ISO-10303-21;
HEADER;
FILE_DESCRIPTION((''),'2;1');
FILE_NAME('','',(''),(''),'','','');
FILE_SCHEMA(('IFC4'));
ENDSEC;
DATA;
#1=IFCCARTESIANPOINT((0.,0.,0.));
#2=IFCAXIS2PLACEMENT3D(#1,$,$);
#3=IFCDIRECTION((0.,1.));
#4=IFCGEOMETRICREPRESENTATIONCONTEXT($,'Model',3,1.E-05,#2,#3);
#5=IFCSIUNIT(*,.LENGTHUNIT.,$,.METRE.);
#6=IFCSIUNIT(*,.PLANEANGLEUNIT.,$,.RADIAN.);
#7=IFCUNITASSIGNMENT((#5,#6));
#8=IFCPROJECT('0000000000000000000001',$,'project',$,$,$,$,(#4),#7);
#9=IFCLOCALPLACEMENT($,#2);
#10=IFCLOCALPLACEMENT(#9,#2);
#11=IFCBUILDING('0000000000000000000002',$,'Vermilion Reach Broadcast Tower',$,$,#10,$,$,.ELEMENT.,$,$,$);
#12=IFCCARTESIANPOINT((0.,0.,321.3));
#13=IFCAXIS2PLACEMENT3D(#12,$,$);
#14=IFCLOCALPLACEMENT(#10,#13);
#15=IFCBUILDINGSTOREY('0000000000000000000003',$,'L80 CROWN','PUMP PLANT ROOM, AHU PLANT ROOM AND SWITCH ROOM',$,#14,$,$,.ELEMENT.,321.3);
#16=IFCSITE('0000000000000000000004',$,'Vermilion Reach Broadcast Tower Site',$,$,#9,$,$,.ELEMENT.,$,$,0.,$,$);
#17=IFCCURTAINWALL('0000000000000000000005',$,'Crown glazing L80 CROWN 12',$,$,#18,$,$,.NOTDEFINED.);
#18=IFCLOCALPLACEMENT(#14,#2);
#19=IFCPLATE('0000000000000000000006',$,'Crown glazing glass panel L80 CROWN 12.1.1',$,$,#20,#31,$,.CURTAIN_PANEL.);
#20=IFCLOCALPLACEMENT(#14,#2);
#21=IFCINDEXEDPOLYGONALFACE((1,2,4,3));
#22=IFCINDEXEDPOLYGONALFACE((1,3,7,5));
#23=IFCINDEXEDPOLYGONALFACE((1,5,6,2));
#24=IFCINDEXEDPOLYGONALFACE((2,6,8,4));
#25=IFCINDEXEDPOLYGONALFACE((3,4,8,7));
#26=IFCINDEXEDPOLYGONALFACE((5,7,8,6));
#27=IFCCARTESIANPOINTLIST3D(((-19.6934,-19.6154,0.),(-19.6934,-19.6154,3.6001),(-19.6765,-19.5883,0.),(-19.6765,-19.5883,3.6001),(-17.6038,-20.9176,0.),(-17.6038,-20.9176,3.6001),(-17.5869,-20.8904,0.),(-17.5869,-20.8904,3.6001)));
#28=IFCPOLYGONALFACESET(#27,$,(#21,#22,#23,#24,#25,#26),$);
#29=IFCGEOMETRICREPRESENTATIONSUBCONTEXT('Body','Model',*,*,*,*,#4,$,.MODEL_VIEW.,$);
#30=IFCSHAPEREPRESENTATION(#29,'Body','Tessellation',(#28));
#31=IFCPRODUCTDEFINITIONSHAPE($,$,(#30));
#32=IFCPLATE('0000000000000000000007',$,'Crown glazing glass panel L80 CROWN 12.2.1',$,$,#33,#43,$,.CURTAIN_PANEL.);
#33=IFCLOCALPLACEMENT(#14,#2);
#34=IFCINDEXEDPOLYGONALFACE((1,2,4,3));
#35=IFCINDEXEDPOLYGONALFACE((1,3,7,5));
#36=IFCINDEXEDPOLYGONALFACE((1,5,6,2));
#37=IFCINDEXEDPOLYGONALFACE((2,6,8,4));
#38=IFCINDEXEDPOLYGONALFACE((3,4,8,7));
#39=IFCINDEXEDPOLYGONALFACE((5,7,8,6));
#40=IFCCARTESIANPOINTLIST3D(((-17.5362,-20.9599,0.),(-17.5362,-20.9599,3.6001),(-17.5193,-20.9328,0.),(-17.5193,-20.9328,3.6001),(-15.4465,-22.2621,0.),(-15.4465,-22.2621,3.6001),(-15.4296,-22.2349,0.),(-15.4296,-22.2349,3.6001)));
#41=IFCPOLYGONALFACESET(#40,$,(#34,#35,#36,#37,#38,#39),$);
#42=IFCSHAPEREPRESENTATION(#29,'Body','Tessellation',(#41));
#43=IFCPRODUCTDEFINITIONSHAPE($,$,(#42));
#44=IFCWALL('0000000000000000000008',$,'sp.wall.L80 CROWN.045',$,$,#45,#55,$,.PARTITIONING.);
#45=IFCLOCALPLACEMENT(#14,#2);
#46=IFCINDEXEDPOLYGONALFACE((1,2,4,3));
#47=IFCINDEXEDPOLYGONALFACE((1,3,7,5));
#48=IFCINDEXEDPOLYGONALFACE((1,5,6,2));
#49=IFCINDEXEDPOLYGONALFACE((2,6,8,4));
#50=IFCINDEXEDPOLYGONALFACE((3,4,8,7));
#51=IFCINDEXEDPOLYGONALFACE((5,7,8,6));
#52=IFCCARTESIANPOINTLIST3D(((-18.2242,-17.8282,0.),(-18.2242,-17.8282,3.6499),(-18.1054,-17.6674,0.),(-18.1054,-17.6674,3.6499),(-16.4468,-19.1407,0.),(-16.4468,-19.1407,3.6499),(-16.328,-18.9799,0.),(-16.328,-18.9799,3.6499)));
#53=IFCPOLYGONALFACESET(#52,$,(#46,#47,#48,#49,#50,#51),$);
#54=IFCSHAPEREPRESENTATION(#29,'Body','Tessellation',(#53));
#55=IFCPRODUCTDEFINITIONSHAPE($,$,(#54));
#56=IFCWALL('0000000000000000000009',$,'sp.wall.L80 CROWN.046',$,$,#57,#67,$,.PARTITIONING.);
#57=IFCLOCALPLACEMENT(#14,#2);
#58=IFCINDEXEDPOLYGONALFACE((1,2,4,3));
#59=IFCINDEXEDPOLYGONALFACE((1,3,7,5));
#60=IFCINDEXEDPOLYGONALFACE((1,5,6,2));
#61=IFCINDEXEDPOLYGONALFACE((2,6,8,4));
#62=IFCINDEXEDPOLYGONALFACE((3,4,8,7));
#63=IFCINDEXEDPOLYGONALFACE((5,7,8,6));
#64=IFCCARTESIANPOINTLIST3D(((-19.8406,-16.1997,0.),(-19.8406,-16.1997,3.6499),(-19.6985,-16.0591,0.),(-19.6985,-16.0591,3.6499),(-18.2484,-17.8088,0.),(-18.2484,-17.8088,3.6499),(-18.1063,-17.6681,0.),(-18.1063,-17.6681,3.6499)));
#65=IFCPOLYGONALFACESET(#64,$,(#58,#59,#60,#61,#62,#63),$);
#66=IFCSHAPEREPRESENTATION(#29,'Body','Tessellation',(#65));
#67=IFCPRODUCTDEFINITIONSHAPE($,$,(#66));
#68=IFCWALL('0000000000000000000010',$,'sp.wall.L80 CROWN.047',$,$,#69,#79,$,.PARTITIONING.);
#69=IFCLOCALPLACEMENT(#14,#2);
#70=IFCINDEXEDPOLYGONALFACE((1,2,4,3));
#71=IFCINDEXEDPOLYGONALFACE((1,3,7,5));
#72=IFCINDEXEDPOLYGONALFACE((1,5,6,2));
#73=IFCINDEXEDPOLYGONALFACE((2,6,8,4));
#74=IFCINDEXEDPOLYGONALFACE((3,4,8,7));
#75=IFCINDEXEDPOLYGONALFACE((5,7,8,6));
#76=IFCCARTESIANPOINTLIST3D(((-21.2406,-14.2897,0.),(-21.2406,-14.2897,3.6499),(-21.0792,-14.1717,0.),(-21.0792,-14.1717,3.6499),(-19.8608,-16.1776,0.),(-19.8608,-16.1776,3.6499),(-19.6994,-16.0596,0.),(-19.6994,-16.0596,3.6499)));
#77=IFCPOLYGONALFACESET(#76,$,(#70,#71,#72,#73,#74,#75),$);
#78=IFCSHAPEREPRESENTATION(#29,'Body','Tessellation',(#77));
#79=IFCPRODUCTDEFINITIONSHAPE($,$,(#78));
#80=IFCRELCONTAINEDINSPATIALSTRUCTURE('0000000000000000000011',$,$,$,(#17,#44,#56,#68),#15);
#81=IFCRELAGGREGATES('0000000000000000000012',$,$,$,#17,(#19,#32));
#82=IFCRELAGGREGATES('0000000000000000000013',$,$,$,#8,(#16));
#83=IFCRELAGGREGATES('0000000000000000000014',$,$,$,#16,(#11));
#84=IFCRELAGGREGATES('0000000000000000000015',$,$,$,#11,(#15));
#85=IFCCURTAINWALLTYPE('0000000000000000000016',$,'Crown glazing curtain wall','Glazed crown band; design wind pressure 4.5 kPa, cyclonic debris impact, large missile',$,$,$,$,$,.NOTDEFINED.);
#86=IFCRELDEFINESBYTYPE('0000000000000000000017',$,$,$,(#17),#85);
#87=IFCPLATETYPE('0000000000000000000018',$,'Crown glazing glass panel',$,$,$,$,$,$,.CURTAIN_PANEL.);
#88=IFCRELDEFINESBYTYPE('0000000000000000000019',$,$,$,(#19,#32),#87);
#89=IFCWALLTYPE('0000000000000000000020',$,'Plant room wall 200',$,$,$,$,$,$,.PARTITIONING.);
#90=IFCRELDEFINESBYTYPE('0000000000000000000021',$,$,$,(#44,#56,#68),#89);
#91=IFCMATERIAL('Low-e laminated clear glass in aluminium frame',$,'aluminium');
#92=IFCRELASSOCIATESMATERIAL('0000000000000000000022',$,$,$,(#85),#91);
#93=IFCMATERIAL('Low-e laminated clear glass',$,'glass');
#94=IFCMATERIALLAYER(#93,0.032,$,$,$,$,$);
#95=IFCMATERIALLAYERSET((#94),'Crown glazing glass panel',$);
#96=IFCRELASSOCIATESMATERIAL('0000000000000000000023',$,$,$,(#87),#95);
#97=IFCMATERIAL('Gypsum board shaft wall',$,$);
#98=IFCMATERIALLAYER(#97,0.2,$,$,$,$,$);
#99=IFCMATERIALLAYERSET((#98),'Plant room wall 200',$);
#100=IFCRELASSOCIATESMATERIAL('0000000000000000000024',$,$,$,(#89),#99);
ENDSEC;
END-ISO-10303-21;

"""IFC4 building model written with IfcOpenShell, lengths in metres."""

from ifc_helpers import new_model, si_unit, direction, frame, frame_2d, origin, origin_2d, place, context, subcontext, project, spatial, rectangle, extrude, material, layer, layer_set, type_object, element, aggregate, save


model = new_model("IFC4")

# Units and contexts
model_context = context("Model", 3, precision=1e-05, world=origin(), true_north=direction((0.0, 1.0)))
body_context = subcontext(model_context, "Body", "Model", "MODEL_VIEW")
ifc_project = project(units=[si_unit("LENGTHUNIT", "METRE"), si_unit("PLANEANGLEUNIT", "RADIAN")], contexts=[model_context])

# Site, building, storey
site_placement = place(None, origin())
site = spatial("IfcSite", under=ifc_project, at=site_placement, Name="Vermilion Reach Broadcast Tower Site", CompositionType="ELEMENT", RefElevation=0.0)
building_placement = place(site_placement, origin())
building = spatial("IfcBuilding", under=site, at=building_placement, Name="Vermilion Reach Broadcast Tower", CompositionType="ELEMENT")
storey_placement = place(building_placement, frame((0.0, 0.0, 321.3)))
storey = spatial("IfcBuildingStorey", under=building, at=storey_placement, Name="L80 CROWN", Description="PUMP PLANT ROOM, AHU PLANT ROOM AND SWITCH ROOM", CompositionType="ELEMENT", Elevation=321.3)

# Shared definitions
ifc_material_1 = material(Name="Low-e laminated clear glass in aluminium frame", Category="aluminium")
curtain_wall_type = type_object("IfcCurtainWallType", Name="Crown glazing curtain wall", Description="Glazed crown band; design wind pressure 4.5 kPa, cyclonic debris impact, large missile", PredefinedType="NOTDEFINED", material=ifc_material_1)
placement = place(storey_placement, origin())

# Curtain wall
curtain_wall_1 = element("IfcCurtainWall", 1, at=placement, inside=storey, type_object=curtain_wall_type, Name="Crown glazing L80 CROWN 12", PredefinedType="NOTDEFINED")

# Plates
ifc_material_2 = material(Name="Low-e laminated clear glass", Category="glass")
ifc_layer_1 = layer(ifc_material_2, 0.032)
ifc_layer_set_1 = layer_set([ifc_layer_1], Name="Crown glazing glass panel")
plate_type = type_object("IfcPlateType", Name="Crown glazing glass panel", PredefinedType="CURTAIN_PANEL", material=ifc_layer_set_1)
plate_1_placement = place(storey_placement, frame((-18.6401, -20.2529, 0.0), z_axis=(0.0, 0.0, 1.0), x_axis=(0.848708, -0.528861, 0.0)))
plate_1 = element("IfcPlate", 2, at=plate_1_placement, type_object=plate_type, Name="Crown glazing glass panel L80 CROWN 12.1.1", PredefinedType="CURTAIN_PANEL", context=body_context, shape_type="SweptSolid", body=[
    extrude(rectangle(XDim=2.4622, YDim=0.032, at=origin_2d()), origin(), (0.0, 0.0, 1.0), 3.6001),
])
plate_2_placement = place(storey_placement, frame((-16.4829, -21.5974, 0.0), z_axis=(0.0, 0.0, 1.0), x_axis=(0.848708, -0.528861, 0.0)))
plate_2 = element("IfcPlate", 3, at=plate_2_placement, type_object=plate_type, Name="Crown glazing glass panel L80 CROWN 12.2.1", PredefinedType="CURTAIN_PANEL", context=body_context, shape_type="SweptSolid", body=[
    extrude(rectangle(XDim=2.4622, YDim=0.032, at=origin_2d()), origin(), (0.0, 0.0, 1.0), 3.6001),
])
aggregate(curtain_wall_1, [plate_1, plate_2])

# Walls
ifc_material_3 = material(Name="Gypsum board shaft wall")
ifc_layer_2 = layer(ifc_material_3, 0.2)
ifc_layer_set_2 = layer_set([ifc_layer_2], Name="Plant room wall 200")
wall_type = type_object("IfcWallType", Name="Plant room wall 200", PredefinedType="PARTITIONING", material=ifc_layer_set_2)
wall_1_placement = place(storey_placement, frame((-18.1648, -17.7478, 0.0), z_axis=(0.0, 0.0, 1.0), x_axis=(0.804433, -0.594043, 0.0)))
element("IfcWall", 4, at=wall_1_placement, inside=storey, type_object=wall_type, Name="sp.wall.L80 CROWN.045", PredefinedType="PARTITIONING", context=body_context, shape_type="SweptSolid", body=[
    extrude(rectangle(XDim=2.2095, YDim=0.2, at=frame_2d((1.1047, 0.0))), origin(), (0.0, 0.0, 1.0), 3.6499),
])
wall_2_placement = place(storey_placement, frame((-19.7695, -16.1294, 0.0), z_axis=(0.0, 0.0, 1.0), x_axis=(0.703376, -0.710818, 0.0)))
element("IfcWall", 5, at=wall_2_placement, inside=storey, type_object=wall_type, Name="sp.wall.L80 CROWN.046", PredefinedType="PARTITIONING", context=body_context, shape_type="SweptSolid", body=[
    extrude(rectangle(XDim=2.2637, YDim=0.2, at=frame_2d((1.1318, 0.0))), origin(), (0.0, 0.0, 1.0), 3.6499),
])
wall_3_placement = place(storey_placement, frame((-21.1599, -14.2307, 0.0), z_axis=(0.0, 0.0, 1.0), x_axis=(0.590082, -0.807343, 0.0)))
element("IfcWall", 6, at=wall_3_placement, inside=storey, type_object=wall_type, Name="sp.wall.L80 CROWN.047", PredefinedType="PARTITIONING", context=body_context, shape_type="SweptSolid", body=[
    extrude(rectangle(XDim=2.3384, YDim=0.2, at=frame_2d((1.1692, 0.0))), origin(), (0.0, 0.0, 1.0), 3.6499),
])

save(model, "model.ifc")
